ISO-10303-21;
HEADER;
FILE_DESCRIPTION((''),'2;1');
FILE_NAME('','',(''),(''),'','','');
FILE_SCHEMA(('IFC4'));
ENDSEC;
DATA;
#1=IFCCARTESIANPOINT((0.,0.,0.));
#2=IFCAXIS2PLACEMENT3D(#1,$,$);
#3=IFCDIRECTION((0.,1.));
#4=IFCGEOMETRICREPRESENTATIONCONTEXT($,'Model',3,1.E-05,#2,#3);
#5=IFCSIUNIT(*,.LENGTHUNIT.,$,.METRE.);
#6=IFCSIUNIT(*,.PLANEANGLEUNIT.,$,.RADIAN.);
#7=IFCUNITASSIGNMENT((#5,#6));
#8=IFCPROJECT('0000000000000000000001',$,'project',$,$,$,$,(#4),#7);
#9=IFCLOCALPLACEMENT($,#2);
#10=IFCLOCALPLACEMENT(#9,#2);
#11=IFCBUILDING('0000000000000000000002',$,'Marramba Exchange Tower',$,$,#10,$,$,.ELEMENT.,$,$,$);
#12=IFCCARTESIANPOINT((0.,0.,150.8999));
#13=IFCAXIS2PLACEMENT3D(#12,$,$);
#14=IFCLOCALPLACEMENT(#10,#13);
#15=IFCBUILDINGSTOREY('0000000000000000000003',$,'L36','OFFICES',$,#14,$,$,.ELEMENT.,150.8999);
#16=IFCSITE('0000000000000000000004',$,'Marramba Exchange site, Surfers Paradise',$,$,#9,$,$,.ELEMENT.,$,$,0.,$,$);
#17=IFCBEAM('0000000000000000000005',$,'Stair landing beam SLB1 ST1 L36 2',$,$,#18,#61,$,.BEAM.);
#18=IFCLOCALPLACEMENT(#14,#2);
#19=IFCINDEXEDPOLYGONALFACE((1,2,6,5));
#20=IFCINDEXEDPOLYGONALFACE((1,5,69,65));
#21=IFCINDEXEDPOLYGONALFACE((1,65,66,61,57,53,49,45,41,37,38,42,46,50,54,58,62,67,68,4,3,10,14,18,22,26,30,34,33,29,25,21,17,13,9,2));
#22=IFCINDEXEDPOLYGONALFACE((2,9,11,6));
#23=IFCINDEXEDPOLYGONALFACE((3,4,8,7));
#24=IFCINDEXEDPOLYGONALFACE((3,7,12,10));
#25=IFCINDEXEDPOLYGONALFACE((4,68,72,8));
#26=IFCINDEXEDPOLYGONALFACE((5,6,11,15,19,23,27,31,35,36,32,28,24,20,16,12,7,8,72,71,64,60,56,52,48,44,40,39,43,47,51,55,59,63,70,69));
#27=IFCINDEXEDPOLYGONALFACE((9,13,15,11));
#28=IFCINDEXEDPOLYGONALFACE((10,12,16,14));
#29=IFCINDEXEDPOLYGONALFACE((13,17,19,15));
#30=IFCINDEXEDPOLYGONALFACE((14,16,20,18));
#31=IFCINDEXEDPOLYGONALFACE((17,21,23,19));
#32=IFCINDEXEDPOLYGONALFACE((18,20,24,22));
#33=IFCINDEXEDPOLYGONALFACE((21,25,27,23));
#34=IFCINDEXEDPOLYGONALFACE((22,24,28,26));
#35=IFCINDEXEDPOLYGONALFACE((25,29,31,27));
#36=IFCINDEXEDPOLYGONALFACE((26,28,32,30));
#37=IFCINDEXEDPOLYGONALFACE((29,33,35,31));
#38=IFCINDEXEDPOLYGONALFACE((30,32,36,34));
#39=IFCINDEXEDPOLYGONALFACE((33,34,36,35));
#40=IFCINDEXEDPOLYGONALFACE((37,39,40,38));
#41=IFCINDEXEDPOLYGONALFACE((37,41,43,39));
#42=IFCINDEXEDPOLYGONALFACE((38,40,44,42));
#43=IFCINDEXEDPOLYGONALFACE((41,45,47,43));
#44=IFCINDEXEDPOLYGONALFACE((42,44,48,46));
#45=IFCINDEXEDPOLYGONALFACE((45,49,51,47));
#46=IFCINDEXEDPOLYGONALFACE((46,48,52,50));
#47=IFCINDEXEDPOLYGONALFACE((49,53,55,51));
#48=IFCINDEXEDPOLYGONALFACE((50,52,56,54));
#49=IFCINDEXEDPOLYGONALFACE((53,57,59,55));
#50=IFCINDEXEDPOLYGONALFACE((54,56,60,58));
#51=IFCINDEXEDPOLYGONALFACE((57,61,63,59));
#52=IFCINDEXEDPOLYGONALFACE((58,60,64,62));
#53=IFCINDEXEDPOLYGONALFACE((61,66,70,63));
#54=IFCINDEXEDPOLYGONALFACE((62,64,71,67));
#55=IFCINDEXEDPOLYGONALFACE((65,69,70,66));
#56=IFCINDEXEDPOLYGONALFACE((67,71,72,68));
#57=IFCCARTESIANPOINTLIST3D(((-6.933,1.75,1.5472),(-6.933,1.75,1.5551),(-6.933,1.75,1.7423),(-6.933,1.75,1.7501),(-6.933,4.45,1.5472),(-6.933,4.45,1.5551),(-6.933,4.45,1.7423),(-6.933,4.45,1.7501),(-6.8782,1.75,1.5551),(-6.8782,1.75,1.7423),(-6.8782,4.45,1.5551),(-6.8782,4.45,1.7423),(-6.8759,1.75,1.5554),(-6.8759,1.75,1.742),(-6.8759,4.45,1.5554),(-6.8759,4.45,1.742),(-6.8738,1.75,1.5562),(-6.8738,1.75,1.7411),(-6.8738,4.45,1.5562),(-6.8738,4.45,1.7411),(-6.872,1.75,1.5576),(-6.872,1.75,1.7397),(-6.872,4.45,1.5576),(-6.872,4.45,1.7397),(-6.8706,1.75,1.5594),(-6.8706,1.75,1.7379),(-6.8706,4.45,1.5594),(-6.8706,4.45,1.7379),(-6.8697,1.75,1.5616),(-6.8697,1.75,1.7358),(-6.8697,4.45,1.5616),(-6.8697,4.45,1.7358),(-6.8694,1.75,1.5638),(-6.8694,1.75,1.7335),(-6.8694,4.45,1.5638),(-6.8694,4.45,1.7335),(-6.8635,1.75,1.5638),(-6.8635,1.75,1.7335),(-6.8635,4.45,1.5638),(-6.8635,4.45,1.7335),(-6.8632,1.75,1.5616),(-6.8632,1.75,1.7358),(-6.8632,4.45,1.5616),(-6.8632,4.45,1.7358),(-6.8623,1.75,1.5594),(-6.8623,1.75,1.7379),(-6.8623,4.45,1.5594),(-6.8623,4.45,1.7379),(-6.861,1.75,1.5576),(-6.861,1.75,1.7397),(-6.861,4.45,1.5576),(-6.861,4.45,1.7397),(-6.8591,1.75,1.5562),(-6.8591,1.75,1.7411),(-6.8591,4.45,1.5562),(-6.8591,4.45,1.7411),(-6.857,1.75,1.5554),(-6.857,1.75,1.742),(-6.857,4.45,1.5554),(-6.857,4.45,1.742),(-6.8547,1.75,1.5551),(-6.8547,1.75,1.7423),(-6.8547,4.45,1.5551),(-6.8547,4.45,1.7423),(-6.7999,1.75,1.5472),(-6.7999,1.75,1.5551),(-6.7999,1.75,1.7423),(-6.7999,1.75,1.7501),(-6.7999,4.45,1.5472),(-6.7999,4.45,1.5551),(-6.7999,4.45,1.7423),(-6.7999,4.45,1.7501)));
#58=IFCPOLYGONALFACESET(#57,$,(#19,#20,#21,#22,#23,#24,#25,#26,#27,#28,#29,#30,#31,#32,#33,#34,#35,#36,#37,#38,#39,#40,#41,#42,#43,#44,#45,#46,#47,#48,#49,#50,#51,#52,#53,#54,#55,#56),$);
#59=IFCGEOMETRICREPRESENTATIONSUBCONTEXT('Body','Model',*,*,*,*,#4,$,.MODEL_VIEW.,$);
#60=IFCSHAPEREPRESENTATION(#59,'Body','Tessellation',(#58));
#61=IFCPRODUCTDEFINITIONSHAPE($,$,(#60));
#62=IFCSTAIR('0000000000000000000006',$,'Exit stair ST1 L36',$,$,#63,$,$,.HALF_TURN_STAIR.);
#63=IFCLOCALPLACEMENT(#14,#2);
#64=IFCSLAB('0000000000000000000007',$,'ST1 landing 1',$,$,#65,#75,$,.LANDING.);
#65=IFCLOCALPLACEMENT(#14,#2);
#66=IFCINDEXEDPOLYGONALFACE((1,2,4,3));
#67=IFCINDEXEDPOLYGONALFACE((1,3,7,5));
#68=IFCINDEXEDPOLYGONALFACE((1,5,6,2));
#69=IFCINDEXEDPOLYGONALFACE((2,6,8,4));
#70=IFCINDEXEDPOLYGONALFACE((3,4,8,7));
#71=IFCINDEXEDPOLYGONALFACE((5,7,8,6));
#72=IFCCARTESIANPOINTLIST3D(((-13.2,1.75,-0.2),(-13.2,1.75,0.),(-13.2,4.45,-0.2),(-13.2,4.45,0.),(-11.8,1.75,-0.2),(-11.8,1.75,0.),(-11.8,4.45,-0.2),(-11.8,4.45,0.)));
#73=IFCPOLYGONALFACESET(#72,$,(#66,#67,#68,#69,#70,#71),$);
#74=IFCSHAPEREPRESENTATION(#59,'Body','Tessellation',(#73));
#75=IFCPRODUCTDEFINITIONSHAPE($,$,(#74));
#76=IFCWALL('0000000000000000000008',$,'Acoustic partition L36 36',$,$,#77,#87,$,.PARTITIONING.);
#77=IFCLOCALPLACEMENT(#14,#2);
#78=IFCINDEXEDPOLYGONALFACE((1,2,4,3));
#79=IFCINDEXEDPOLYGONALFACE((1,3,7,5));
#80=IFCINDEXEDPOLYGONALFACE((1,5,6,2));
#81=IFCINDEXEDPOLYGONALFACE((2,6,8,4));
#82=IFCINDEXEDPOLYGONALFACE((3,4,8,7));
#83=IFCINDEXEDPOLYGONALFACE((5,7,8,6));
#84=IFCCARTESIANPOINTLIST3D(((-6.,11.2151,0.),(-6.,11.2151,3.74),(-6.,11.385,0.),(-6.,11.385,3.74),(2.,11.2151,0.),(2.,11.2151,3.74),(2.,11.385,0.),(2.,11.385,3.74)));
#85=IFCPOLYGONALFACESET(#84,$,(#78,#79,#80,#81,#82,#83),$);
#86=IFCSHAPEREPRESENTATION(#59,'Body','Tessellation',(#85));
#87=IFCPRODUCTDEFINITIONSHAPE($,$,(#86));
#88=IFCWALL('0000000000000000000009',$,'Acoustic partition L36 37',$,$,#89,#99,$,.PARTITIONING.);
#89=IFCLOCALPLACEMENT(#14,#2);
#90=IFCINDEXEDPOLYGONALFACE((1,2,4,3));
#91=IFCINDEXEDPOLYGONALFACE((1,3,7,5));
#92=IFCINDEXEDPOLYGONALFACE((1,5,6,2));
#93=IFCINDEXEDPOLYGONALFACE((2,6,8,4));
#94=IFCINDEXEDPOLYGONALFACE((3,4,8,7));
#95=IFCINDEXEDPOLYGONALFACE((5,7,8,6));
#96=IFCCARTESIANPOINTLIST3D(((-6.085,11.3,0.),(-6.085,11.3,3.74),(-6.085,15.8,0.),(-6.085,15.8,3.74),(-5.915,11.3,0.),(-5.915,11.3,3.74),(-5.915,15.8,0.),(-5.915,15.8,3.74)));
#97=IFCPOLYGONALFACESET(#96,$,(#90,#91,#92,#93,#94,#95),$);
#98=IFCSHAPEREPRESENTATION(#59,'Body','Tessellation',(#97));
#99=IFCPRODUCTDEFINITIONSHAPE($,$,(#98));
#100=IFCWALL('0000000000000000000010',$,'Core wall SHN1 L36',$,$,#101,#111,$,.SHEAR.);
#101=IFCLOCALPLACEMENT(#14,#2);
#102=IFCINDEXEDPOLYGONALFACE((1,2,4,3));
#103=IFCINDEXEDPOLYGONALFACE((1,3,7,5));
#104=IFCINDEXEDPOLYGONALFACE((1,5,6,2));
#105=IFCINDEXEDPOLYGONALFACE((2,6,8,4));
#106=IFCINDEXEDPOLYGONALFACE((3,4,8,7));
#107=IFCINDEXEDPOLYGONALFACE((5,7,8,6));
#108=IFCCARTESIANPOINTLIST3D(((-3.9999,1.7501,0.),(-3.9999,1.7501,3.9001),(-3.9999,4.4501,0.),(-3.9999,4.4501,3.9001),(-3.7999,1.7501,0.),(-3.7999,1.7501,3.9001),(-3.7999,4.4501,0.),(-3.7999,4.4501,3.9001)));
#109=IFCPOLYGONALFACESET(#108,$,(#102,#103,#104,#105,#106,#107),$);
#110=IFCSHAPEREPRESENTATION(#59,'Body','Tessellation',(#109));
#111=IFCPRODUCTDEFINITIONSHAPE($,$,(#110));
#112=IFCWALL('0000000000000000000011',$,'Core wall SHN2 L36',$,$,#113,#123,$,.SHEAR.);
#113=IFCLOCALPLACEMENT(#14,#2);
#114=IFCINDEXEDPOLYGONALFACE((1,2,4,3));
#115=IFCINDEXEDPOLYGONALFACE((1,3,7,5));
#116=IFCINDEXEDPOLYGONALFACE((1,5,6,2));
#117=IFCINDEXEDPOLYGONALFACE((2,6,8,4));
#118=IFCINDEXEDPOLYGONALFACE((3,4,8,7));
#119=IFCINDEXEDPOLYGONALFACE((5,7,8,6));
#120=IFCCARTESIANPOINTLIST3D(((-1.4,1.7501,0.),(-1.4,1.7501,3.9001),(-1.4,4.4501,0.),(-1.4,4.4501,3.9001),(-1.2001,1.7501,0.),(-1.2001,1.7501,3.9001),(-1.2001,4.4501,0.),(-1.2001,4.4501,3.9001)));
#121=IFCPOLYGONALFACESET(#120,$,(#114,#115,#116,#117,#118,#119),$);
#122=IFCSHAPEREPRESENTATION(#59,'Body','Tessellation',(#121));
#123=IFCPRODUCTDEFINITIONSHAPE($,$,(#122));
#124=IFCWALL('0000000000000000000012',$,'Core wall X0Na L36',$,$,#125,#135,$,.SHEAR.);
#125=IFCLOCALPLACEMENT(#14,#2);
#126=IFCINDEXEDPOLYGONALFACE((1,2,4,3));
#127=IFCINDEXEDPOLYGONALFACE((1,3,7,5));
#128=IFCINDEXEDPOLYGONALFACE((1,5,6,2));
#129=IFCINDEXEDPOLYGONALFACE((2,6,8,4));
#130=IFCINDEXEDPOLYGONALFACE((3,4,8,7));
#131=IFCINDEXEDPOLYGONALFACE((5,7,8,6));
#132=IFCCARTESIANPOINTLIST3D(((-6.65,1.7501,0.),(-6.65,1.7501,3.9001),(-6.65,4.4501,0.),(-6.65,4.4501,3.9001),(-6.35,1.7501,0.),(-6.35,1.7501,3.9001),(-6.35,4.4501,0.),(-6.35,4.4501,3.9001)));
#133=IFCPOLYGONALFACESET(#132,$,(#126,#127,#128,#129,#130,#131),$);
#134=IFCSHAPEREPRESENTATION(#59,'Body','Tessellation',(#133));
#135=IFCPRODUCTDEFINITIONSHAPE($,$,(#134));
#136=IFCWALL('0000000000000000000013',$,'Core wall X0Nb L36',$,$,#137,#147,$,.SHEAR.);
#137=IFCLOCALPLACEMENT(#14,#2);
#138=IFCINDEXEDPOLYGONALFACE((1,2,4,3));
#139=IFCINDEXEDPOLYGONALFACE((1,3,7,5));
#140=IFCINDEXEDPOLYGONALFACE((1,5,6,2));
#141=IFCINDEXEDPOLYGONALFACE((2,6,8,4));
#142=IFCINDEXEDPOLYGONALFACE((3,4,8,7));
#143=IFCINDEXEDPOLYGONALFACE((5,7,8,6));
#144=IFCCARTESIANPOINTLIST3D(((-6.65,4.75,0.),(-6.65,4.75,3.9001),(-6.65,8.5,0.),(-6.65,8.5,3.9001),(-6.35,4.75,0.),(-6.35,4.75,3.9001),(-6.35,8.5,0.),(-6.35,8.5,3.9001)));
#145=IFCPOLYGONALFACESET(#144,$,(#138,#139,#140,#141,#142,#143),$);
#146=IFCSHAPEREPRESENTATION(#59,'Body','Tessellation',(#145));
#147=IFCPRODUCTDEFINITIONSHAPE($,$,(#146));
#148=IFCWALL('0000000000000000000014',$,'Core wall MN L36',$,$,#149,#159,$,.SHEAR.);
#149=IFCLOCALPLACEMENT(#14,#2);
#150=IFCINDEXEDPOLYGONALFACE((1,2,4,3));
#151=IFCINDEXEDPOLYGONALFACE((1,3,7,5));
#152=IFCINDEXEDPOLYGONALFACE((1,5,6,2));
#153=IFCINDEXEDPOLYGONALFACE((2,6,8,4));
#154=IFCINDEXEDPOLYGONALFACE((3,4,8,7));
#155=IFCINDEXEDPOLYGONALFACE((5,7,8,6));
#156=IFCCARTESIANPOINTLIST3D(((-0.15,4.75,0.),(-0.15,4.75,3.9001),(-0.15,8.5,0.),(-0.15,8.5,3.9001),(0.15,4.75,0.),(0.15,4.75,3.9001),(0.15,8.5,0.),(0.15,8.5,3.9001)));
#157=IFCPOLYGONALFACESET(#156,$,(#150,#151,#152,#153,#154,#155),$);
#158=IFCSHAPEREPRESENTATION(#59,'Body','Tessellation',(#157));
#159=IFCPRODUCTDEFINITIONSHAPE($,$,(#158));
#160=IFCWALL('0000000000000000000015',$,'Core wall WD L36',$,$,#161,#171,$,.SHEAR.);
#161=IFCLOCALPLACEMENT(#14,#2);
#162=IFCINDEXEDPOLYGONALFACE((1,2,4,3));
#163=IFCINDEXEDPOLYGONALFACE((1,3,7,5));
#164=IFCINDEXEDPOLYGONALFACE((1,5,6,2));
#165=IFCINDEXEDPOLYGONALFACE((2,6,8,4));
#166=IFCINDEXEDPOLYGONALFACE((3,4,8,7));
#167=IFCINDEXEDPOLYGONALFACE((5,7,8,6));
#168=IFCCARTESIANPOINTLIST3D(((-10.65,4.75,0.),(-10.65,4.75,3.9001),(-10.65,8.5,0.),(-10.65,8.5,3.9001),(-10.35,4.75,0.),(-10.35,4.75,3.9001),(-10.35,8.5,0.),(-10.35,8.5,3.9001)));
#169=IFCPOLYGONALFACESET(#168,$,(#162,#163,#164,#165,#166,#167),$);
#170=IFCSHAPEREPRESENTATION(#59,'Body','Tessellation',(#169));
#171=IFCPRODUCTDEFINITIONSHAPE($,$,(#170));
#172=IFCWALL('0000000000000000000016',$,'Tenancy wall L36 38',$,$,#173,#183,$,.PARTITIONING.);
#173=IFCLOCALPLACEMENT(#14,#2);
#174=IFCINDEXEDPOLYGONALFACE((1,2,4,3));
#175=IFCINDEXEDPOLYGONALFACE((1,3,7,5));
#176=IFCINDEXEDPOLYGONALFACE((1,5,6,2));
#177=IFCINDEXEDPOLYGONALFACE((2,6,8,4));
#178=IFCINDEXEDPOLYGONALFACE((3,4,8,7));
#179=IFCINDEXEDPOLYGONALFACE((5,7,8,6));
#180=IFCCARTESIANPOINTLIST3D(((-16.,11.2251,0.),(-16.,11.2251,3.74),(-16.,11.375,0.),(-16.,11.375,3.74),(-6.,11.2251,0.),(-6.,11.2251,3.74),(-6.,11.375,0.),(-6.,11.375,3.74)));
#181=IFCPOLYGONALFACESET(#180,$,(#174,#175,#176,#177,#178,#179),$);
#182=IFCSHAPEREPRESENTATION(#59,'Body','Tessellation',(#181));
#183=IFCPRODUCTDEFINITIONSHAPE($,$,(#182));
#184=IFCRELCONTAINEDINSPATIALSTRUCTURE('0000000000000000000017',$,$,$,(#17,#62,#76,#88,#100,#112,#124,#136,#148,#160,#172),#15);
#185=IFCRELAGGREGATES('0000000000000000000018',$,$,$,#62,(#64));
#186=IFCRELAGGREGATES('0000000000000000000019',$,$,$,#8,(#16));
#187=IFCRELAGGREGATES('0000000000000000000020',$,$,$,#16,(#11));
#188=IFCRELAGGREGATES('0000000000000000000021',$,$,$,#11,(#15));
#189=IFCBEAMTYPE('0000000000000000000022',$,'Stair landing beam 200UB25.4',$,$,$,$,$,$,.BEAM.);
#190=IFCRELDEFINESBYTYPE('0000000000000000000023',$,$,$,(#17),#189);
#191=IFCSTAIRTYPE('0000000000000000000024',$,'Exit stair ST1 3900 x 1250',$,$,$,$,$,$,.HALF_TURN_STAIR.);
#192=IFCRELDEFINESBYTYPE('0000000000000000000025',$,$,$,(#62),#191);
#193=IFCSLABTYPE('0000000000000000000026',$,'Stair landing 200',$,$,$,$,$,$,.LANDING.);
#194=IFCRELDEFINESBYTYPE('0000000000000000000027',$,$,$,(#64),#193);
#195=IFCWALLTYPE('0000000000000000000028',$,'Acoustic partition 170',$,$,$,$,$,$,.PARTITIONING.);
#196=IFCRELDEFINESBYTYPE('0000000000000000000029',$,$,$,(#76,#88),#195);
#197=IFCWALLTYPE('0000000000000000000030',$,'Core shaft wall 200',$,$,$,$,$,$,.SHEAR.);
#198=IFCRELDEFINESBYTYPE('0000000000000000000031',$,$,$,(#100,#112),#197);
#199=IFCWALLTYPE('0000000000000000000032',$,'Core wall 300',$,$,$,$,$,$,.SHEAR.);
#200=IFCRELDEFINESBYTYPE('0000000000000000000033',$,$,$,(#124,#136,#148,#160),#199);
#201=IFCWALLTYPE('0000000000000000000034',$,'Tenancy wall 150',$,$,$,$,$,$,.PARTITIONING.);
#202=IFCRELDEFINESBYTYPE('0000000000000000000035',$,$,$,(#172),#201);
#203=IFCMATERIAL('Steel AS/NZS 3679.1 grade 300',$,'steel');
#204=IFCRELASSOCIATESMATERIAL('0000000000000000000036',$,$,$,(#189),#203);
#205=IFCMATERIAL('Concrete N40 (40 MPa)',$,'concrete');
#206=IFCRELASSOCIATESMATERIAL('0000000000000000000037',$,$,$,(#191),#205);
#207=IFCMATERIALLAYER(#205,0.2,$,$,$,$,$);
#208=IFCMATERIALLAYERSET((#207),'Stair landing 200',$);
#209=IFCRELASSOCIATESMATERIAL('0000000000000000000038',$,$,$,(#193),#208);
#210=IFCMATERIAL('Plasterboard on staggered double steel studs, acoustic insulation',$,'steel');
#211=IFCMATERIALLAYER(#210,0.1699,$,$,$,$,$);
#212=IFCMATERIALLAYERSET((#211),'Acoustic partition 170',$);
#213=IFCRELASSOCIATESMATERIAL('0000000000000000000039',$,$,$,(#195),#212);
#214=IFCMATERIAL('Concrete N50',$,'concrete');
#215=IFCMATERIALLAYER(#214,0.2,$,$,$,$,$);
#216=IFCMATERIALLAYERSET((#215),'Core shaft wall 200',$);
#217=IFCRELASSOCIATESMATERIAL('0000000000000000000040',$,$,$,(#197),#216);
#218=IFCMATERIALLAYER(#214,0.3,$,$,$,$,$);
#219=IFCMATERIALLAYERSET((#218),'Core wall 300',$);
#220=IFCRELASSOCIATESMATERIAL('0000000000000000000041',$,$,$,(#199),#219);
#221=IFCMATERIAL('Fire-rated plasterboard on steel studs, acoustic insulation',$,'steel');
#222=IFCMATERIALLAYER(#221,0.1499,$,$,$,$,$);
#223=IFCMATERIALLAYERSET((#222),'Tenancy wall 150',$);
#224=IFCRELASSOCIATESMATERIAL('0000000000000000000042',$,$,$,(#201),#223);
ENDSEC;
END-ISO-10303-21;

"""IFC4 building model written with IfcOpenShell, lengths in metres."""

from ifc_helpers import new_model, si_unit, direction, frame, frame_2d, origin, origin_2d, place, context, subcontext, project, spatial, polyline, rectangle, i_section, outline, extrude, material, layer, layer_set, material_profile, profile_set, type_object, element, aggregate, save


model = new_model("IFC4")

# Units and contexts
model_context = context("Model", 3, precision=1e-05, world=origin(), true_north=direction((0.0, 1.0)))
body_context = subcontext(model_context, "Body", "Model", "MODEL_VIEW")
ifc_project = project(units=[si_unit("LENGTHUNIT", "METRE"), si_unit("PLANEANGLEUNIT", "RADIAN")], contexts=[model_context])

# Site, building, storey
site_placement = place(None, origin())
site = spatial("IfcSite", under=ifc_project, at=site_placement, Name="Marramba Exchange site, Surfers Paradise", CompositionType="ELEMENT", RefElevation=0.0)
building_placement = place(site_placement, origin())
building = spatial("IfcBuilding", under=site, at=building_placement, Name="Marramba Exchange Tower", CompositionType="ELEMENT")
storey_placement = place(building_placement, frame((0.0, 0.0, 150.8999)))
storey = spatial("IfcBuildingStorey", under=building, at=storey_placement, Name="L36", Description="OFFICES", CompositionType="ELEMENT", Elevation=150.8999)

# Beam
ifc_material_1 = material(Name="Steel AS/NZS 3679.1 grade 300", Category="steel")
ifc_material_profile_1 = material_profile(ifc_material_1, i_section(OverallWidth=0.1331, OverallDepth=0.2029, WebThickness=0.0059, FlangeThickness=0.0078, FilletRadius=0.0088, at=origin_2d()), Name="200UB25.4")
ifc_profile_set_1 = profile_set([ifc_material_profile_1], Name="Steel AS/NZS 3679.1 grade 300")
beam_type_1 = type_object("IfcBeamType", Name="Stair landing beam 200UB25.4", PredefinedType="BEAM", material=ifc_profile_set_1)
for number, where, z_axis, x_axis, name in (
    (1, (-6.8665, 1.75, 1.6487), (0.0, 1.0, 0.0), (-1.0, 0.0, 0.0), "Stair landing beam SLB1 ST1 L36 2"),
):
    element("IfcBeam", number, at=place(storey_placement, frame(where, z_axis=z_axis, x_axis=x_axis)), inside=storey, type_object=beam_type_1, Name=name, PredefinedType="BEAM", context=body_context, shape_type="SweptSolid", body=[
        extrude(i_section(OverallWidth=0.1331, OverallDepth=0.2029, WebThickness=0.0059, FlangeThickness=0.0078, FilletRadius=0.0088, at=origin_2d()), origin(), (0.0, 0.0, 1.0), 2.7),
    ])

# Stair, slab
ifc_material_2 = material(Name="Concrete N40 (40 MPa)", Category="concrete")
stair_type = type_object("IfcStairType", Name="Exit stair ST1 3900 x 1250", PredefinedType="HALF_TURN_STAIR", material=ifc_material_2)
stair_placement = place(storey_placement, origin())
stair = element("IfcStair", 2, at=stair_placement, inside=storey, type_object=stair_type, Name="Exit stair ST1 L36", PredefinedType="HALF_TURN_STAIR")
ifc_layer_1 = layer(ifc_material_2, 0.2)
ifc_layer_set_1 = layer_set([ifc_layer_1], Name="Stair landing 200")
slab_type_1 = type_object("IfcSlabType", Name="Stair landing 200", PredefinedType="LANDING", material=ifc_layer_set_1)
slab_1_placement = place(storey_placement, frame((0.0, 0.0, -0.2)))
slab_1 = element("IfcSlab", 3, at=slab_1_placement, type_object=slab_type_1, Name="ST1 landing 1", PredefinedType="LANDING", context=body_context, shape_type="SweptSolid", body=[
    extrude(outline(polyline([(-13.2, 1.75), (-11.8, 1.75), (-11.8, 4.45), (-13.2, 4.45), (-13.2, 1.75)])), origin(), (0.0, 0.0, 1.0), 0.2),
])

# Walls
ifc_material_3 = material(Name="Plasterboard on staggered double steel studs, acoustic insulation", Category="steel")
ifc_layer_2 = layer(ifc_material_3, 0.1699)
ifc_layer_set_2 = layer_set([ifc_layer_2], Name="Acoustic partition 170")
wall_type_1 = type_object("IfcWallType", Name="Acoustic partition 170", PredefinedType="PARTITIONING", material=ifc_layer_set_2)
wall_1_placement = place(storey_placement, frame((-6.0, 11.3, 0.0), z_axis=(0.0, 0.0, 1.0), x_axis=(1.0, 0.0, 0.0)))
element("IfcWall", 4, at=wall_1_placement, inside=storey, type_object=wall_type_1, Name="Acoustic partition L36 36", PredefinedType="PARTITIONING", context=body_context, shape_type="SweptSolid", body=[
    extrude(rectangle(XDim=8.0, YDim=0.1699, at=frame_2d((4.0, 0.0))), origin(), (0.0, 0.0, 1.0), 3.74),
])
wall_2_placement = place(storey_placement, frame((-6.0, 15.8, 0.0), z_axis=(0.0, 0.0, 1.0), x_axis=(0.0, -1.0, 0.0)))
element("IfcWall", 5, at=wall_2_placement, inside=storey, type_object=wall_type_1, Name="Acoustic partition L36 37", PredefinedType="PARTITIONING", context=body_context, shape_type="SweptSolid", body=[
    extrude(rectangle(XDim=4.5, YDim=0.1699, at=frame_2d((2.25, 0.0))), origin(), (0.0, 0.0, 1.0), 3.74),
])
ifc_material_4 = material(Name="Concrete N50", Category="concrete")
ifc_layer_3 = layer(ifc_material_4, 0.2)
ifc_layer_set_3 = layer_set([ifc_layer_3], Name="Core shaft wall 200")
wall_type_2 = type_object("IfcWallType", Name="Core shaft wall 200", PredefinedType="SHEAR", material=ifc_layer_set_3)
for number, where, z_axis, x_axis, name in (
    (6, (-3.8999, 1.75, 0.0), (0.0, 0.0, 1.0), (0.0, 1.0, 0.0), "Core wall SHN1 L36"),
    (7, (-1.3, 1.75, 0.0), (0.0, 0.0, 1.0), (0.0, 1.0, 0.0), "Core wall SHN2 L36"),
):
    element("IfcWall", number, at=place(storey_placement, frame(where, z_axis=z_axis, x_axis=x_axis)), inside=storey, type_object=wall_type_2, Name=name, PredefinedType="SHEAR", context=body_context, shape_type="SweptSolid", body=[
        extrude(rectangle(XDim=2.7, YDim=0.2, at=frame_2d((1.3501, 0.0))), origin(), (0.0, 0.0, 1.0), 3.9001),
    ])
ifc_layer_4 = layer(ifc_material_4, 0.3)
ifc_layer_set_4 = layer_set([ifc_layer_4], Name="Core wall 300")
wall_type_3 = type_object("IfcWallType", Name="Core wall 300", PredefinedType="SHEAR", material=ifc_layer_set_4)
wall_3_placement = place(storey_placement, frame((-6.5, 1.75, 0.0), z_axis=(0.0, 0.0, 1.0), x_axis=(0.0, 1.0, 0.0)))
element("IfcWall", 8, at=wall_3_placement, inside=storey, type_object=wall_type_3, Name="Core wall X0Na L36", PredefinedType="SHEAR", context=body_context, shape_type="SweptSolid", body=[
    extrude(rectangle(XDim=2.7, YDim=0.3, at=frame_2d((1.3501, 0.0))), origin(), (0.0, 0.0, 1.0), 3.9001),
])
for number, where, z_axis, x_axis, name in (
    (9, (-6.5, 4.75, 0.0), (0.0, 0.0, 1.0), (0.0, 1.0, 0.0), "Core wall X0Nb L36"),
    (10, (0.0, 4.75, 0.0), (0.0, 0.0, 1.0), (0.0, 1.0, 0.0), "Core wall MN L36"),
    (11, (-10.5, 4.75, 0.0), (0.0, 0.0, 1.0), (0.0, 1.0, 0.0), "Core wall WD L36"),
):
    element("IfcWall", number, at=place(storey_placement, frame(where, z_axis=z_axis, x_axis=x_axis)), inside=storey, type_object=wall_type_3, Name=name, PredefinedType="SHEAR", context=body_context, shape_type="SweptSolid", body=[
        extrude(rectangle(XDim=3.75, YDim=0.3, at=frame_2d((1.875, 0.0))), origin(), (0.0, 0.0, 1.0), 3.9001),
    ])
ifc_material_5 = material(Name="Fire-rated plasterboard on steel studs, acoustic insulation", Category="steel")
ifc_layer_5 = layer(ifc_material_5, 0.1499)
ifc_layer_set_5 = layer_set([ifc_layer_5], Name="Tenancy wall 150")
wall_type_4 = type_object("IfcWallType", Name="Tenancy wall 150", PredefinedType="PARTITIONING", material=ifc_layer_set_5)
wall_4_placement = place(storey_placement, frame((-6.0, 11.3, 0.0), z_axis=(0.0, 0.0, 1.0), x_axis=(-1.0, 0.0, 0.0)))
element("IfcWall", 12, at=wall_4_placement, inside=storey, type_object=wall_type_4, Name="Tenancy wall L36 38", PredefinedType="PARTITIONING", context=body_context, shape_type="SweptSolid", body=[
    extrude(rectangle(XDim=10.0, YDim=0.1499, at=frame_2d((5.0, 0.0))), origin(), (0.0, 0.0, 1.0), 3.74),
])

aggregate(stair, [slab_1])

save(model, "model.ifc")
